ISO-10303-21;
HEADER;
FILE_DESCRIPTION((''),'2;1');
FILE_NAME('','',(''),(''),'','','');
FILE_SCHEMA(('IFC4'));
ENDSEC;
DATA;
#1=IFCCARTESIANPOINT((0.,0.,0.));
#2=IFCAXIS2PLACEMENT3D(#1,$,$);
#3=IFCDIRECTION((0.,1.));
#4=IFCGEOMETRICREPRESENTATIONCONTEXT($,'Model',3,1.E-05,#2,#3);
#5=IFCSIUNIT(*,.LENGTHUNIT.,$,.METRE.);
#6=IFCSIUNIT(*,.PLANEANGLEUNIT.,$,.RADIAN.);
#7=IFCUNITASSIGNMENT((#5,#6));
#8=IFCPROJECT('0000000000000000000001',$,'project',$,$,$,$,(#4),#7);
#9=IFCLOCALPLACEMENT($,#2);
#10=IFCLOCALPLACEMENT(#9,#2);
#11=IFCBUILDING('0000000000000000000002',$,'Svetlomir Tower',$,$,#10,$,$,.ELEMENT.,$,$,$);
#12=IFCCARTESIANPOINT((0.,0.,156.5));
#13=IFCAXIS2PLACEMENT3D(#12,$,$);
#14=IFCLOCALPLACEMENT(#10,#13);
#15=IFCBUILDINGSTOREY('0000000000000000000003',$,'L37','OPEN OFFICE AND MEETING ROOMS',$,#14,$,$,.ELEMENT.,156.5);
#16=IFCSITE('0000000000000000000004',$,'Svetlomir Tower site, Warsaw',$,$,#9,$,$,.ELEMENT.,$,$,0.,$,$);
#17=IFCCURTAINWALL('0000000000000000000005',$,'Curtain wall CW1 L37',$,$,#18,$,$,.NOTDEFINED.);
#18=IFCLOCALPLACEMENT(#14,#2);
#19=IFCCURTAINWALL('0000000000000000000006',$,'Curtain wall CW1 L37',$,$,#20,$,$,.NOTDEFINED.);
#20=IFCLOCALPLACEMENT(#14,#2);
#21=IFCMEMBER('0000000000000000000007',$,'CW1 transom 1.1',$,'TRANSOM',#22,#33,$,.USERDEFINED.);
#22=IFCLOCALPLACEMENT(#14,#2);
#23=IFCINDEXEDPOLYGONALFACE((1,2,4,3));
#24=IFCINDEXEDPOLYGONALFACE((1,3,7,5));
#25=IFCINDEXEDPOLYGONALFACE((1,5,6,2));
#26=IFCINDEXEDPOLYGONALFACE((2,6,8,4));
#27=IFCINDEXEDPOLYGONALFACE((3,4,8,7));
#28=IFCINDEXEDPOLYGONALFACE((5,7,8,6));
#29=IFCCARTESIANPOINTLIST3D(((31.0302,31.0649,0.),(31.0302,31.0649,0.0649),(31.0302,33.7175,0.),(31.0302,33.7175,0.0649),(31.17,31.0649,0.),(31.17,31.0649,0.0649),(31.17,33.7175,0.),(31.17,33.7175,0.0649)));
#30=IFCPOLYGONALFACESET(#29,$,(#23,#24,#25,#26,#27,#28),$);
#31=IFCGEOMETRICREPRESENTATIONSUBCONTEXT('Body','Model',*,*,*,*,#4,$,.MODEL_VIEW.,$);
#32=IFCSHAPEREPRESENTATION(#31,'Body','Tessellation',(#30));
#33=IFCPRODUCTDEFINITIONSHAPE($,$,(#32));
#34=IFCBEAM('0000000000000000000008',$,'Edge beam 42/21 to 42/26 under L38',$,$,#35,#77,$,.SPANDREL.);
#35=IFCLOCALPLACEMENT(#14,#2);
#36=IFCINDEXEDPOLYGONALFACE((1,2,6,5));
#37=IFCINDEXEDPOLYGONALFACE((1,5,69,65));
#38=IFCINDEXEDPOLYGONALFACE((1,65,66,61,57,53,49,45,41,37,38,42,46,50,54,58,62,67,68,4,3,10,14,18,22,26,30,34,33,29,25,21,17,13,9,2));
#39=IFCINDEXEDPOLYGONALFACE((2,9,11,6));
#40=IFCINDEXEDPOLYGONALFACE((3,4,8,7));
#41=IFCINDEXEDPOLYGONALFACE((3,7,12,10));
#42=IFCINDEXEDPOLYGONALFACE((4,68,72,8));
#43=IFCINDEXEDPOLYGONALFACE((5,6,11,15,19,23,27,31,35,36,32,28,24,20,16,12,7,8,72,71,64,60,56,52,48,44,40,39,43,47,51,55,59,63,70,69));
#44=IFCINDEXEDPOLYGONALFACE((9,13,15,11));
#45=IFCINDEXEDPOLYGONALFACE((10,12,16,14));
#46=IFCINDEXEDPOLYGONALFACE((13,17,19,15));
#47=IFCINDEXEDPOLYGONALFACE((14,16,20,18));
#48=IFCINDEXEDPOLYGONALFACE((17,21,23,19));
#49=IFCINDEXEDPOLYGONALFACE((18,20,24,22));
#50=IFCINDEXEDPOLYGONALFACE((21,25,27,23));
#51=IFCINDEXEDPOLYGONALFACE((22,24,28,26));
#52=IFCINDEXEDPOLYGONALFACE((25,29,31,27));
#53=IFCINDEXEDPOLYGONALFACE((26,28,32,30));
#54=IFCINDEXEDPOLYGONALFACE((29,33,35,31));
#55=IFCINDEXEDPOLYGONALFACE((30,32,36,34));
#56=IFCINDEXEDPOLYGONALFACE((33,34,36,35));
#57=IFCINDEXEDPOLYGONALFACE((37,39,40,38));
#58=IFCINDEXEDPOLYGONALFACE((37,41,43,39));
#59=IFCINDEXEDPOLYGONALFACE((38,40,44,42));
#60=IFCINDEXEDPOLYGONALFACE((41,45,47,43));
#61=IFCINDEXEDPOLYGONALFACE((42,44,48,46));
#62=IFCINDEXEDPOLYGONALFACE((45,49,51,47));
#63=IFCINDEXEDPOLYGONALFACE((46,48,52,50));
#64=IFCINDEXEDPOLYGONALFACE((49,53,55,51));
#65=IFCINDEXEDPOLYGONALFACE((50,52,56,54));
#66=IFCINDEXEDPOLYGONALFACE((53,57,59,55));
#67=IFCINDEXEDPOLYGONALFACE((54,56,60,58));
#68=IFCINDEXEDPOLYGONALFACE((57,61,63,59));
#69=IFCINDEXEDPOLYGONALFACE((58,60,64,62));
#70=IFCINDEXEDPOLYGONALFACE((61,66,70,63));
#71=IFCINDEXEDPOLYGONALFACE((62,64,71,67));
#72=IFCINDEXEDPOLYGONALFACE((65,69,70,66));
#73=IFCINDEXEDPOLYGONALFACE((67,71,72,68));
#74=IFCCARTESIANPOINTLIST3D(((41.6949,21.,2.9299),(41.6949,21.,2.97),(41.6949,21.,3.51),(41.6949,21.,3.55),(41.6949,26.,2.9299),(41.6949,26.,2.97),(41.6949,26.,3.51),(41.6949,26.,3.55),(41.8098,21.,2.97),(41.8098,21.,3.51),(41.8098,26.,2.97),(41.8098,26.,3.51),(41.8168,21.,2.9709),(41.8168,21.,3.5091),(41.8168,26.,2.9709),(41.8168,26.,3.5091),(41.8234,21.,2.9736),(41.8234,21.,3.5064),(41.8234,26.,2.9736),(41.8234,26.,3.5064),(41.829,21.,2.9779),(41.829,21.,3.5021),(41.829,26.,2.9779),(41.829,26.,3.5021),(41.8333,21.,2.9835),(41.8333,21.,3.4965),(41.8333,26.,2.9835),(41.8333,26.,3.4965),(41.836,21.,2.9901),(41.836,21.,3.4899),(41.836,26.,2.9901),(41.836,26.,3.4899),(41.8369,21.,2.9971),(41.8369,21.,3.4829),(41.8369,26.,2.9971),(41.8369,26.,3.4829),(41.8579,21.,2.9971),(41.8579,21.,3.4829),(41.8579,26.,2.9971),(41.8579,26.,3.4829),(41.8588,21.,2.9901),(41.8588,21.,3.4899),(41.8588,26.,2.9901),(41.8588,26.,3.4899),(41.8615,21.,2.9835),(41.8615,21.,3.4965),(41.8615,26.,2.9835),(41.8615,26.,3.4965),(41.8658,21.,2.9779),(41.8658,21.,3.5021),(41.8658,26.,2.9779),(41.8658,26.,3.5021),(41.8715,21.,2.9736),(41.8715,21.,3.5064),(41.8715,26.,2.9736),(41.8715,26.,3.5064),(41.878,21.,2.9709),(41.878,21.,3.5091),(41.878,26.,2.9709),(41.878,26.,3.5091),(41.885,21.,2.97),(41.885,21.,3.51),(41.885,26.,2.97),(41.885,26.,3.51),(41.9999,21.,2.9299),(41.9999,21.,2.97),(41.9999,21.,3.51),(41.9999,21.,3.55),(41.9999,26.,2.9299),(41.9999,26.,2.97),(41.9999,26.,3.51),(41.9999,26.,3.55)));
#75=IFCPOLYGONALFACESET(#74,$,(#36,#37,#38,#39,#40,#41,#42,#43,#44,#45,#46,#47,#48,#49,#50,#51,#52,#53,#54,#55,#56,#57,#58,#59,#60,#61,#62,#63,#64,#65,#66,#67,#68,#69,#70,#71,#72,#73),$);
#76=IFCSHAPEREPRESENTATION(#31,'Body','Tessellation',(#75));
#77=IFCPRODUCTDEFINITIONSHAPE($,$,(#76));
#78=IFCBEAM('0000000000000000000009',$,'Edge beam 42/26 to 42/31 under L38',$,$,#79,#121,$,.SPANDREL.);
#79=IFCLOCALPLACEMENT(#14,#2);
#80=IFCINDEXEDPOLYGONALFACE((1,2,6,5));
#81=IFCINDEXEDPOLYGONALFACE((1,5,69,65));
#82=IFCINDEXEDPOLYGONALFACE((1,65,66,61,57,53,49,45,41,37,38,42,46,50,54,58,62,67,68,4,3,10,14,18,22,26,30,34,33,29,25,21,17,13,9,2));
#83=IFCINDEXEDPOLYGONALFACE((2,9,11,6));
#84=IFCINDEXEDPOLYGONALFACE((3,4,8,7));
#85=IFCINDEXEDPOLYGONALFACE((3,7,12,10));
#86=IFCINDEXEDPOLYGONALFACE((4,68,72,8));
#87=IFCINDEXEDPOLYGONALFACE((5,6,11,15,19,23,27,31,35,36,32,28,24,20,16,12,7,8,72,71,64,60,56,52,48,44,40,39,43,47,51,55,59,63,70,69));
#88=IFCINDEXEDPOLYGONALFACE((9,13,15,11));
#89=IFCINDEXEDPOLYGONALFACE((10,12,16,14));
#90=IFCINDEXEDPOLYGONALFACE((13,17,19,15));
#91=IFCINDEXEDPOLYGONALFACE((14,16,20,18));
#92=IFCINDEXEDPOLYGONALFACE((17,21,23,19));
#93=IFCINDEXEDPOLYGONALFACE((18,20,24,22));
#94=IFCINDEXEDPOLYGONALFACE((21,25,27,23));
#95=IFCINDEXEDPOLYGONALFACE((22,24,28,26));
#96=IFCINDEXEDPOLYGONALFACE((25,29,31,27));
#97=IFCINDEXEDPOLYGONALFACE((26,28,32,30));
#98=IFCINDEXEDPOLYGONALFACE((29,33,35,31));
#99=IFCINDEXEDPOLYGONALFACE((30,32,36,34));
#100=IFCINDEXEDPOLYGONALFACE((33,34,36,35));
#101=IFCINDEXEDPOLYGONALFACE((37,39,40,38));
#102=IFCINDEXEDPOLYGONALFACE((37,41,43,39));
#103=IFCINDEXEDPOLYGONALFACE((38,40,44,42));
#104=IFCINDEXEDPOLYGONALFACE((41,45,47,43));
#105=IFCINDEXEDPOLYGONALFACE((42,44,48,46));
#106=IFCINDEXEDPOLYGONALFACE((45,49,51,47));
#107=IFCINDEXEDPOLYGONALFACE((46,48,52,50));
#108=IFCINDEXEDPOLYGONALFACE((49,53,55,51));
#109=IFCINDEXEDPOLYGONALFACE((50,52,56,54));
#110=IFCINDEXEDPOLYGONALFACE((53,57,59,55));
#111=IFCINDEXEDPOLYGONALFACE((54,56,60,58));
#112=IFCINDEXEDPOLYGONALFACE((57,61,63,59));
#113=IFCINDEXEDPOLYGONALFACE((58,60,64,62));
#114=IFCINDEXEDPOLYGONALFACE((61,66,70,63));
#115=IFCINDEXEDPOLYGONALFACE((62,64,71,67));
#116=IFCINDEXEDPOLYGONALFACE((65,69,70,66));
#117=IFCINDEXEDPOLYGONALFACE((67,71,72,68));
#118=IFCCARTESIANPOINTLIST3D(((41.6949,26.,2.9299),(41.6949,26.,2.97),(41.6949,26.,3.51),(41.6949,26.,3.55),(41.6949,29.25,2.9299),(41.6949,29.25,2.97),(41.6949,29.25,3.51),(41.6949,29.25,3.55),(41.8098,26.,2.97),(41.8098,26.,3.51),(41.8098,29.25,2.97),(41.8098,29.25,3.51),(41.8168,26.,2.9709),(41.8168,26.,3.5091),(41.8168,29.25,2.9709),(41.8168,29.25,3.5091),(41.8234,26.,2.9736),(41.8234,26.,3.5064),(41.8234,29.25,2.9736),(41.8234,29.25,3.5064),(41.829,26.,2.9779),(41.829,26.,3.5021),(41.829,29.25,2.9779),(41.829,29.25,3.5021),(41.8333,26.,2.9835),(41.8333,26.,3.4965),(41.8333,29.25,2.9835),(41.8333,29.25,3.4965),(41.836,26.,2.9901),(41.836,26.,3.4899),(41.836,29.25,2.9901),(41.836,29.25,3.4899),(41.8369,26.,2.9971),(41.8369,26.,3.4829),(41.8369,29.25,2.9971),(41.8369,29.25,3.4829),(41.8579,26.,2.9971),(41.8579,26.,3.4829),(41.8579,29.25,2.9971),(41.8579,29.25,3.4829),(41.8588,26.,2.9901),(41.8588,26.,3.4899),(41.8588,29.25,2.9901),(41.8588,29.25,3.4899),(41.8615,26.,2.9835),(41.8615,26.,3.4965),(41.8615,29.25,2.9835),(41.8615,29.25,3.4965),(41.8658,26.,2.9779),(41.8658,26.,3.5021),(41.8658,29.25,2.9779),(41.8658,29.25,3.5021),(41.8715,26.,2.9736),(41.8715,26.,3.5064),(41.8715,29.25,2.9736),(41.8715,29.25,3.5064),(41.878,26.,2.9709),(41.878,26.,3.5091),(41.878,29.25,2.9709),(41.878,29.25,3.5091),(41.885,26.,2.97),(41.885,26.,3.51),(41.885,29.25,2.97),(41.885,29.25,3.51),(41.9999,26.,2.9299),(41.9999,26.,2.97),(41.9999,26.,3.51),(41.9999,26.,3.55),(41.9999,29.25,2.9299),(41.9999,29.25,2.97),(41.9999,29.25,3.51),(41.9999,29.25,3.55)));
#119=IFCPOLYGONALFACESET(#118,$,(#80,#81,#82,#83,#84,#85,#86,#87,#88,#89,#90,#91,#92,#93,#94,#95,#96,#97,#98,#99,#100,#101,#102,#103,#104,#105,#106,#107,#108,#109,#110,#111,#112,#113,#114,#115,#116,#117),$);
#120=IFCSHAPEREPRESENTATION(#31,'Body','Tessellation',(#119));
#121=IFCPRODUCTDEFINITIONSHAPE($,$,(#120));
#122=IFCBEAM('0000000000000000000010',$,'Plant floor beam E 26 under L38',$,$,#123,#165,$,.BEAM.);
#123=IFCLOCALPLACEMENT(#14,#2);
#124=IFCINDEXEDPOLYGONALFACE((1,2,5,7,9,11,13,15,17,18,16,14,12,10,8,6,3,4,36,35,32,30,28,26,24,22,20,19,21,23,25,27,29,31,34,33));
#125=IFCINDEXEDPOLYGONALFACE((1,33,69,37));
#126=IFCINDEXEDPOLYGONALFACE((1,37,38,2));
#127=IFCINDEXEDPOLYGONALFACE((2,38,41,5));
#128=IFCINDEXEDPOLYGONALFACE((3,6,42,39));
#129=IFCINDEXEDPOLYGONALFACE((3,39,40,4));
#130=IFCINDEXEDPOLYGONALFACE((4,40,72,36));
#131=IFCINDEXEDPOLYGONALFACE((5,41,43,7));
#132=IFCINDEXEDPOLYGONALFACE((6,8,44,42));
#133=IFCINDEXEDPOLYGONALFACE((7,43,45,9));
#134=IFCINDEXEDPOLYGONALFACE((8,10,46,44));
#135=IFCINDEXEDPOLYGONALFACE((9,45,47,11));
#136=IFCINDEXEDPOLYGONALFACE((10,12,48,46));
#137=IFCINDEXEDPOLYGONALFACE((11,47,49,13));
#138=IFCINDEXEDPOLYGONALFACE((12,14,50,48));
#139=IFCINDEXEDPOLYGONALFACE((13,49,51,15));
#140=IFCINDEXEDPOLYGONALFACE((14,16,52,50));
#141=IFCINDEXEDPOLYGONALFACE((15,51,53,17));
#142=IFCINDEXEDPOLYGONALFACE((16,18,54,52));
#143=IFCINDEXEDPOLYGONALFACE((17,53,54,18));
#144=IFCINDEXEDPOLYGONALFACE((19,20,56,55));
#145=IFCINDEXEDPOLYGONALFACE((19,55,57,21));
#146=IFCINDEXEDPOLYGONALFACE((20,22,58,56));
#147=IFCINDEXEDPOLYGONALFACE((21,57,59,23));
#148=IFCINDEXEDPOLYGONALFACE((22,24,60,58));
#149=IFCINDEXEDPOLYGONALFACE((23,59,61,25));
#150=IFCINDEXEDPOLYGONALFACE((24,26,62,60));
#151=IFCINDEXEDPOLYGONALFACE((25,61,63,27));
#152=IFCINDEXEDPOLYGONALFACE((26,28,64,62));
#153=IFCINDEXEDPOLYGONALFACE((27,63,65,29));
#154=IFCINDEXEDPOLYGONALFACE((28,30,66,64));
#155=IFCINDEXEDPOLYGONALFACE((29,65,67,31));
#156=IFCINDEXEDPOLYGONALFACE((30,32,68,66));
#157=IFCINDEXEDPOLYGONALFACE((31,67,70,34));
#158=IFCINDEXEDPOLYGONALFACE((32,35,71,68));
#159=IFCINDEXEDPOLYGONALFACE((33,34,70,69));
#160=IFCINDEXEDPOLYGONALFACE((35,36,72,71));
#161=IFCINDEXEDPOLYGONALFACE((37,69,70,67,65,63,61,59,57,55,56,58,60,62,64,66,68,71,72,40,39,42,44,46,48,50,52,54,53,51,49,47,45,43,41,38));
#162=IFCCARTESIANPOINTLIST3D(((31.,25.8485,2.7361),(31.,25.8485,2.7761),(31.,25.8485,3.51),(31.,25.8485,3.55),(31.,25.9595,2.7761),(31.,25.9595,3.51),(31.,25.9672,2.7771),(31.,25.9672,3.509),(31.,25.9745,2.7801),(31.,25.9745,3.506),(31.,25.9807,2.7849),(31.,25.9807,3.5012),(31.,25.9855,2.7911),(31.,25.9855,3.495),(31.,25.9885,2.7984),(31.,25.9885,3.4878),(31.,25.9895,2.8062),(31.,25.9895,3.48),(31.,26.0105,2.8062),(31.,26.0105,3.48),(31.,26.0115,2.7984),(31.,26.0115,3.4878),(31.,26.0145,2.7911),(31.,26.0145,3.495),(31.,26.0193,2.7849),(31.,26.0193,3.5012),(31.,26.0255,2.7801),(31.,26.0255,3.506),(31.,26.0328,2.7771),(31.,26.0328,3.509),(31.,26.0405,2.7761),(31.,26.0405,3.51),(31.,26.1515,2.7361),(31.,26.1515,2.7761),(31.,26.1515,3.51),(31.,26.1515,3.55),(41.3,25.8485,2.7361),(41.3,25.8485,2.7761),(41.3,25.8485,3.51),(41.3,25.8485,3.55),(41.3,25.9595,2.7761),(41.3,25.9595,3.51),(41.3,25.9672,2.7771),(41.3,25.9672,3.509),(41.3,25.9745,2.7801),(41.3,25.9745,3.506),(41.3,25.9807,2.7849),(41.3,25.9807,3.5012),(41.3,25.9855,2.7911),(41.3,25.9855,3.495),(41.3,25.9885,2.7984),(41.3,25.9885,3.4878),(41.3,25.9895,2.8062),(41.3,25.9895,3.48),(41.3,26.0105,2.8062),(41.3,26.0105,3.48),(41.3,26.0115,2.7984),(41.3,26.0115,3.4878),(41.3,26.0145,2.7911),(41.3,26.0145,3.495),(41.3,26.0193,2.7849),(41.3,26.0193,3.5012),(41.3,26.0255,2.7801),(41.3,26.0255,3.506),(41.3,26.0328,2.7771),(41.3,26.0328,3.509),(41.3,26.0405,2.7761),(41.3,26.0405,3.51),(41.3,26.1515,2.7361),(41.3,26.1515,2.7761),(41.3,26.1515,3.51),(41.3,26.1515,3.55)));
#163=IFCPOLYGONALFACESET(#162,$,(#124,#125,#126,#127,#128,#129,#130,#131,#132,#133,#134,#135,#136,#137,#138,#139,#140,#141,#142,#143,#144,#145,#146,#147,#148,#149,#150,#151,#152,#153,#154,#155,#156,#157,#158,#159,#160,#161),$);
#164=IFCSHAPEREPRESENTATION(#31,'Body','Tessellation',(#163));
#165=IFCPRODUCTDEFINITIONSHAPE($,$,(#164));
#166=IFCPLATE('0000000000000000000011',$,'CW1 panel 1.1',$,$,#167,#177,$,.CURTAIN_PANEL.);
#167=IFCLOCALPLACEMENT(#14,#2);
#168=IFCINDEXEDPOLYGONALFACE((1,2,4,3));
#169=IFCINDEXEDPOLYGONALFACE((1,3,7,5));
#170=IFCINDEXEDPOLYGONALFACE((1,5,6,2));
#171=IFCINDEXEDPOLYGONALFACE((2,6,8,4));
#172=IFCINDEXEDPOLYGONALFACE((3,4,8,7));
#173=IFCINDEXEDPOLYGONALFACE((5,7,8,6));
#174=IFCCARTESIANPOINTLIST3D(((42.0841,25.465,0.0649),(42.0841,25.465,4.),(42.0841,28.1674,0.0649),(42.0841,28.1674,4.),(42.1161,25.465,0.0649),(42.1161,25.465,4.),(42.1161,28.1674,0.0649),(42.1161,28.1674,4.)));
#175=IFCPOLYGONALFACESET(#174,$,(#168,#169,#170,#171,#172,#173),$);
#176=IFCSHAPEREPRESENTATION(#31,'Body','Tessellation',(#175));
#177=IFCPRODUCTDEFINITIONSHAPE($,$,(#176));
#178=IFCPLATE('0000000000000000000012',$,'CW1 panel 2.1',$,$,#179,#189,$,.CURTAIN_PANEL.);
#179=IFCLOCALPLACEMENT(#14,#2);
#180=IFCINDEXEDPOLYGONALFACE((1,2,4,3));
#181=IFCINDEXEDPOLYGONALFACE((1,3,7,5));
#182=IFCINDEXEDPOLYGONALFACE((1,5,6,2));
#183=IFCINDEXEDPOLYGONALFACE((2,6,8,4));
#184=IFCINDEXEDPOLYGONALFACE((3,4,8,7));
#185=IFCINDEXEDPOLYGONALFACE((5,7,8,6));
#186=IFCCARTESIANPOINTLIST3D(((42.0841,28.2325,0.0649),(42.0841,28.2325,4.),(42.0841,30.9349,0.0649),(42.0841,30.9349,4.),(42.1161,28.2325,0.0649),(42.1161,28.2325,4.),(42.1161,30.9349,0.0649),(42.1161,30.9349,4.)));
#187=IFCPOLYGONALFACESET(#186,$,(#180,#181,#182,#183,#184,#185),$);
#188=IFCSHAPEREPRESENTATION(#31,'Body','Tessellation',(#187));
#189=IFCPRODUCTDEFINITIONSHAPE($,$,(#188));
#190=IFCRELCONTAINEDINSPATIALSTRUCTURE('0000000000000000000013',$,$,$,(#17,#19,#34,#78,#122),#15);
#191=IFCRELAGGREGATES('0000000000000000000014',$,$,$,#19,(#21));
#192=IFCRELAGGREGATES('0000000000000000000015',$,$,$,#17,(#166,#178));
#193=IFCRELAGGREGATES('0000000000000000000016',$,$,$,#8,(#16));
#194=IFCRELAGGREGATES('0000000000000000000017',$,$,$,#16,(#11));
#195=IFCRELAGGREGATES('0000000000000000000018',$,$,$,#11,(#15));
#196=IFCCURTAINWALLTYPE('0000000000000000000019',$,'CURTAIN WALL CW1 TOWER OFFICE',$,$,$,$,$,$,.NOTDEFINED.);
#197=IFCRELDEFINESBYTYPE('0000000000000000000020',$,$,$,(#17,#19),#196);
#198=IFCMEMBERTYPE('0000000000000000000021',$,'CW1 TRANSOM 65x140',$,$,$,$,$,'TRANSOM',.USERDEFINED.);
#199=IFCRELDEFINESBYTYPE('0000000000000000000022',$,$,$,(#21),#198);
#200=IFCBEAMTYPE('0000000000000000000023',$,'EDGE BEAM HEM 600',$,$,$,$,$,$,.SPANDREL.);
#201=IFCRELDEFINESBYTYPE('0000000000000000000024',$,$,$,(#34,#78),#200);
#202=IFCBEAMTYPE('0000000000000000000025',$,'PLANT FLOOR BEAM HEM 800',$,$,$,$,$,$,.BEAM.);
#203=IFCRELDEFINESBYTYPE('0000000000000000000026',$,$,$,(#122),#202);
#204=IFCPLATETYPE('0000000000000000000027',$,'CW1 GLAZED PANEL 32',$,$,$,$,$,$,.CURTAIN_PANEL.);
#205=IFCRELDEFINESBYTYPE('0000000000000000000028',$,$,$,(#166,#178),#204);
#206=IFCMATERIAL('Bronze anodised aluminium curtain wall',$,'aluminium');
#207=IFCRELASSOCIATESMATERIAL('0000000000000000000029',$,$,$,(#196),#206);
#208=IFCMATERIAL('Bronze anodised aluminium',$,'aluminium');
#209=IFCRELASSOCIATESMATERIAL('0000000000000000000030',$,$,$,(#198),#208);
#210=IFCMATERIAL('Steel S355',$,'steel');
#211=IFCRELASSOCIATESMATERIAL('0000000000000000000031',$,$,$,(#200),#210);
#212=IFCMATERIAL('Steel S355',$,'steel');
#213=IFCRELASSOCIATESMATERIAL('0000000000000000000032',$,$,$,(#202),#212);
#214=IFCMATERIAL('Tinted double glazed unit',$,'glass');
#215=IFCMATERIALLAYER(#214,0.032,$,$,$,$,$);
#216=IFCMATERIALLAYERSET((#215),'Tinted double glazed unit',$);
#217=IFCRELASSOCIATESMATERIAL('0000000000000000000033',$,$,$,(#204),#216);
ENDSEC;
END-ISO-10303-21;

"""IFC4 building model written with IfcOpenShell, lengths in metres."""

from ifc_helpers import new_model, si_unit, direction, frame, origin, origin_2d, place, context, subcontext, project, spatial, rectangle, i_section, extrude, material, layer, layer_set, material_profile, profile_set, type_object, element, aggregate, save


model = new_model("IFC4")

# Units and contexts
model_context = context("Model", 3, precision=1e-05, world=origin(), true_north=direction((0.0, 1.0)))
body_context = subcontext(model_context, "Body", "Model", "MODEL_VIEW")
ifc_project = project(units=[si_unit("LENGTHUNIT", "METRE"), si_unit("PLANEANGLEUNIT", "RADIAN")], contexts=[model_context])

# Site, building, storey
site_placement = place(None, origin())
site = spatial("IfcSite", under=ifc_project, at=site_placement, Name="Svetlomir Tower site, Warsaw", CompositionType="ELEMENT", RefElevation=0.0)
building_placement = place(site_placement, origin())
building = spatial("IfcBuilding", under=site, at=building_placement, Name="Svetlomir Tower", CompositionType="ELEMENT")
storey_placement = place(building_placement, frame((0.0, 0.0, 156.5)))
storey = spatial("IfcBuildingStorey", under=building, at=storey_placement, Name="L37", Description="OPEN OFFICE AND MEETING ROOMS", CompositionType="ELEMENT", Elevation=156.5)

# Curtain wall
ifc_material_1 = material(Name="Bronze anodised aluminium curtain wall", Category="aluminium")
curtain_wall_type = type_object("IfcCurtainWallType", Name="CURTAIN WALL CW1 TOWER OFFICE", PredefinedType="NOTDEFINED", material=ifc_material_1)
curtain_wall_1_placement = place(storey_placement, origin())
curtain_wall_1 = element("IfcCurtainWall", 1, at=curtain_wall_1_placement, inside=storey, type_object=curtain_wall_type, Name="Curtain wall CW1 L37", PredefinedType="NOTDEFINED")

# Curtain wall
curtain_wall_2_placement = place(storey_placement, origin())
curtain_wall_2 = element("IfcCurtainWall", 2, at=curtain_wall_2_placement, inside=storey, type_object=curtain_wall_type, Name="Curtain wall CW1 L37", PredefinedType="NOTDEFINED")

# Member
ifc_material_2 = material(Name="Bronze anodised aluminium", Category="aluminium")
ifc_material_profile_1 = material_profile(ifc_material_2, rectangle(XDim=0.1399, YDim=0.0649, at=origin_2d()), Name="AL 140x65")
ifc_profile_set_1 = profile_set([ifc_material_profile_1], Name="Bronze anodised aluminium 6063-T6")
member_type_1 = type_object("IfcMemberType", Name="CW1 TRANSOM 65x140", ElementType="TRANSOM", PredefinedType="USERDEFINED", material=ifc_profile_set_1)
member_1_placement = place(storey_placement, frame((31.1001, 31.0649, 0.0325), z_axis=(0.0, 1.0, 0.0), x_axis=(-1.0, 0.0, 0.0)))
member_1 = element("IfcMember", 3, at=member_1_placement, type_object=member_type_1, Name="CW1 transom 1.1", ObjectType="TRANSOM", PredefinedType="USERDEFINED", context=body_context, shape_type="SweptSolid", body=[
    extrude(rectangle(XDim=0.1399, YDim=0.0649, at=origin_2d()), origin(), (0.0, 0.0, 1.0), 2.6526),
])
aggregate(curtain_wall_2, [member_1])

# Beams
ifc_material_3 = material(Name="Steel S355", Category="steel")
ifc_material_profile_2 = material_profile(ifc_material_3, i_section(OverallWidth=0.3049, OverallDepth=0.6201, WebThickness=0.021, FlangeThickness=0.04, FilletRadius=0.0271, at=origin_2d()), Name="HEM 600")
ifc_profile_set_2 = profile_set([ifc_material_profile_2], Name="Steel S355")
beam_type_1 = type_object("IfcBeamType", Name="EDGE BEAM HEM 600", PredefinedType="SPANDREL", material=ifc_profile_set_2)
beam_1_placement = place(storey_placement, frame((41.8474, 21.0, 3.24), z_axis=(0.0, 1.0, 0.0), x_axis=(-1.0, 0.0, 0.0)))
element("IfcBeam", 4, at=beam_1_placement, inside=storey, type_object=beam_type_1, Name="Edge beam 42/21 to 42/26 under L38", PredefinedType="SPANDREL", context=body_context, shape_type="SweptSolid", body=[
    extrude(i_section(OverallWidth=0.3049, OverallDepth=0.6201, WebThickness=0.021, FlangeThickness=0.04, FilletRadius=0.0271, at=origin_2d()), origin(), (0.0, 0.0, 1.0), 5.0),
])
beam_2_placement = place(storey_placement, frame((41.8474, 26.0, 3.24), z_axis=(0.0, 1.0, 0.0), x_axis=(-1.0, 0.0, 0.0)))
element("IfcBeam", 5, at=beam_2_placement, inside=storey, type_object=beam_type_1, Name="Edge beam 42/26 to 42/31 under L38", PredefinedType="SPANDREL", context=body_context, shape_type="SweptSolid", body=[
    extrude(i_section(OverallWidth=0.3049, OverallDepth=0.6201, WebThickness=0.021, FlangeThickness=0.04, FilletRadius=0.0271, at=origin_2d()), origin(), (0.0, 0.0, 1.0), 3.25),
])
ifc_material_4 = material(Name="Steel S355", Category="steel")
ifc_material_profile_3 = material_profile(ifc_material_4, i_section(OverallWidth=0.303, OverallDepth=0.814, WebThickness=0.021, FlangeThickness=0.04, FilletRadius=0.03, at=origin_2d()), Name="HEM 800")
ifc_profile_set_3 = profile_set([ifc_material_profile_3], Name="Steel S355")
beam_type_2 = type_object("IfcBeamType", Name="PLANT FLOOR BEAM HEM 800", PredefinedType="BEAM", material=ifc_profile_set_3)
beam_3_placement = place(storey_placement, frame((41.3, 26.0, 3.1431), z_axis=(-1.0, 0.0, 0.0), x_axis=(0.0, -1.0, 0.0)))
element("IfcBeam", 6, at=beam_3_placement, inside=storey, type_object=beam_type_2, Name="Plant floor beam E 26 under L38", PredefinedType="BEAM", context=body_context, shape_type="SweptSolid", body=[
    extrude(i_section(OverallWidth=0.303, OverallDepth=0.814, WebThickness=0.021, FlangeThickness=0.04, FilletRadius=0.03, at=origin_2d()), origin(), (0.0, 0.0, 1.0), 10.3),
])

# Plates
ifc_material_5 = material(Name="Tinted double glazed unit", Category="glass")
ifc_layer_1 = layer(ifc_material_5, 0.032)
ifc_layer_set_1 = layer_set([ifc_layer_1], Name="Tinted double glazed unit")
plate_type = type_object("IfcPlateType", Name="CW1 GLAZED PANEL 32", PredefinedType="CURTAIN_PANEL", material=ifc_layer_set_1)
plate_1_placement = place(storey_placement, frame((42.1001, 26.8162, 0.0649), z_axis=(0.0, 0.0, 1.0), x_axis=(0.0, 1.0, 0.0)))
plate_1 = element("IfcPlate", 7, at=plate_1_placement, type_object=plate_type, Name="CW1 panel 1.1", PredefinedType="CURTAIN_PANEL", context=body_context, shape_type="SweptSolid", body=[
    extrude(rectangle(XDim=2.7024, YDim=0.032, at=origin_2d()), origin(), (0.0, 0.0, 1.0), 3.9351),
])
plate_2_placement = place(storey_placement, frame((42.1001, 29.5837, 0.0649), z_axis=(0.0, 0.0, 1.0), x_axis=(0.0, 1.0, 0.0)))
plate_2 = element("IfcPlate", 8, at=plate_2_placement, type_object=plate_type, Name="CW1 panel 2.1", PredefinedType="CURTAIN_PANEL", context=body_context, shape_type="SweptSolid", body=[
    extrude(rectangle(XDim=2.7024, YDim=0.032, at=origin_2d()), origin(), (0.0, 0.0, 1.0), 3.9351),
])
aggregate(curtain_wall_1, [plate_1, plate_2])

save(model, "model.ifc")
